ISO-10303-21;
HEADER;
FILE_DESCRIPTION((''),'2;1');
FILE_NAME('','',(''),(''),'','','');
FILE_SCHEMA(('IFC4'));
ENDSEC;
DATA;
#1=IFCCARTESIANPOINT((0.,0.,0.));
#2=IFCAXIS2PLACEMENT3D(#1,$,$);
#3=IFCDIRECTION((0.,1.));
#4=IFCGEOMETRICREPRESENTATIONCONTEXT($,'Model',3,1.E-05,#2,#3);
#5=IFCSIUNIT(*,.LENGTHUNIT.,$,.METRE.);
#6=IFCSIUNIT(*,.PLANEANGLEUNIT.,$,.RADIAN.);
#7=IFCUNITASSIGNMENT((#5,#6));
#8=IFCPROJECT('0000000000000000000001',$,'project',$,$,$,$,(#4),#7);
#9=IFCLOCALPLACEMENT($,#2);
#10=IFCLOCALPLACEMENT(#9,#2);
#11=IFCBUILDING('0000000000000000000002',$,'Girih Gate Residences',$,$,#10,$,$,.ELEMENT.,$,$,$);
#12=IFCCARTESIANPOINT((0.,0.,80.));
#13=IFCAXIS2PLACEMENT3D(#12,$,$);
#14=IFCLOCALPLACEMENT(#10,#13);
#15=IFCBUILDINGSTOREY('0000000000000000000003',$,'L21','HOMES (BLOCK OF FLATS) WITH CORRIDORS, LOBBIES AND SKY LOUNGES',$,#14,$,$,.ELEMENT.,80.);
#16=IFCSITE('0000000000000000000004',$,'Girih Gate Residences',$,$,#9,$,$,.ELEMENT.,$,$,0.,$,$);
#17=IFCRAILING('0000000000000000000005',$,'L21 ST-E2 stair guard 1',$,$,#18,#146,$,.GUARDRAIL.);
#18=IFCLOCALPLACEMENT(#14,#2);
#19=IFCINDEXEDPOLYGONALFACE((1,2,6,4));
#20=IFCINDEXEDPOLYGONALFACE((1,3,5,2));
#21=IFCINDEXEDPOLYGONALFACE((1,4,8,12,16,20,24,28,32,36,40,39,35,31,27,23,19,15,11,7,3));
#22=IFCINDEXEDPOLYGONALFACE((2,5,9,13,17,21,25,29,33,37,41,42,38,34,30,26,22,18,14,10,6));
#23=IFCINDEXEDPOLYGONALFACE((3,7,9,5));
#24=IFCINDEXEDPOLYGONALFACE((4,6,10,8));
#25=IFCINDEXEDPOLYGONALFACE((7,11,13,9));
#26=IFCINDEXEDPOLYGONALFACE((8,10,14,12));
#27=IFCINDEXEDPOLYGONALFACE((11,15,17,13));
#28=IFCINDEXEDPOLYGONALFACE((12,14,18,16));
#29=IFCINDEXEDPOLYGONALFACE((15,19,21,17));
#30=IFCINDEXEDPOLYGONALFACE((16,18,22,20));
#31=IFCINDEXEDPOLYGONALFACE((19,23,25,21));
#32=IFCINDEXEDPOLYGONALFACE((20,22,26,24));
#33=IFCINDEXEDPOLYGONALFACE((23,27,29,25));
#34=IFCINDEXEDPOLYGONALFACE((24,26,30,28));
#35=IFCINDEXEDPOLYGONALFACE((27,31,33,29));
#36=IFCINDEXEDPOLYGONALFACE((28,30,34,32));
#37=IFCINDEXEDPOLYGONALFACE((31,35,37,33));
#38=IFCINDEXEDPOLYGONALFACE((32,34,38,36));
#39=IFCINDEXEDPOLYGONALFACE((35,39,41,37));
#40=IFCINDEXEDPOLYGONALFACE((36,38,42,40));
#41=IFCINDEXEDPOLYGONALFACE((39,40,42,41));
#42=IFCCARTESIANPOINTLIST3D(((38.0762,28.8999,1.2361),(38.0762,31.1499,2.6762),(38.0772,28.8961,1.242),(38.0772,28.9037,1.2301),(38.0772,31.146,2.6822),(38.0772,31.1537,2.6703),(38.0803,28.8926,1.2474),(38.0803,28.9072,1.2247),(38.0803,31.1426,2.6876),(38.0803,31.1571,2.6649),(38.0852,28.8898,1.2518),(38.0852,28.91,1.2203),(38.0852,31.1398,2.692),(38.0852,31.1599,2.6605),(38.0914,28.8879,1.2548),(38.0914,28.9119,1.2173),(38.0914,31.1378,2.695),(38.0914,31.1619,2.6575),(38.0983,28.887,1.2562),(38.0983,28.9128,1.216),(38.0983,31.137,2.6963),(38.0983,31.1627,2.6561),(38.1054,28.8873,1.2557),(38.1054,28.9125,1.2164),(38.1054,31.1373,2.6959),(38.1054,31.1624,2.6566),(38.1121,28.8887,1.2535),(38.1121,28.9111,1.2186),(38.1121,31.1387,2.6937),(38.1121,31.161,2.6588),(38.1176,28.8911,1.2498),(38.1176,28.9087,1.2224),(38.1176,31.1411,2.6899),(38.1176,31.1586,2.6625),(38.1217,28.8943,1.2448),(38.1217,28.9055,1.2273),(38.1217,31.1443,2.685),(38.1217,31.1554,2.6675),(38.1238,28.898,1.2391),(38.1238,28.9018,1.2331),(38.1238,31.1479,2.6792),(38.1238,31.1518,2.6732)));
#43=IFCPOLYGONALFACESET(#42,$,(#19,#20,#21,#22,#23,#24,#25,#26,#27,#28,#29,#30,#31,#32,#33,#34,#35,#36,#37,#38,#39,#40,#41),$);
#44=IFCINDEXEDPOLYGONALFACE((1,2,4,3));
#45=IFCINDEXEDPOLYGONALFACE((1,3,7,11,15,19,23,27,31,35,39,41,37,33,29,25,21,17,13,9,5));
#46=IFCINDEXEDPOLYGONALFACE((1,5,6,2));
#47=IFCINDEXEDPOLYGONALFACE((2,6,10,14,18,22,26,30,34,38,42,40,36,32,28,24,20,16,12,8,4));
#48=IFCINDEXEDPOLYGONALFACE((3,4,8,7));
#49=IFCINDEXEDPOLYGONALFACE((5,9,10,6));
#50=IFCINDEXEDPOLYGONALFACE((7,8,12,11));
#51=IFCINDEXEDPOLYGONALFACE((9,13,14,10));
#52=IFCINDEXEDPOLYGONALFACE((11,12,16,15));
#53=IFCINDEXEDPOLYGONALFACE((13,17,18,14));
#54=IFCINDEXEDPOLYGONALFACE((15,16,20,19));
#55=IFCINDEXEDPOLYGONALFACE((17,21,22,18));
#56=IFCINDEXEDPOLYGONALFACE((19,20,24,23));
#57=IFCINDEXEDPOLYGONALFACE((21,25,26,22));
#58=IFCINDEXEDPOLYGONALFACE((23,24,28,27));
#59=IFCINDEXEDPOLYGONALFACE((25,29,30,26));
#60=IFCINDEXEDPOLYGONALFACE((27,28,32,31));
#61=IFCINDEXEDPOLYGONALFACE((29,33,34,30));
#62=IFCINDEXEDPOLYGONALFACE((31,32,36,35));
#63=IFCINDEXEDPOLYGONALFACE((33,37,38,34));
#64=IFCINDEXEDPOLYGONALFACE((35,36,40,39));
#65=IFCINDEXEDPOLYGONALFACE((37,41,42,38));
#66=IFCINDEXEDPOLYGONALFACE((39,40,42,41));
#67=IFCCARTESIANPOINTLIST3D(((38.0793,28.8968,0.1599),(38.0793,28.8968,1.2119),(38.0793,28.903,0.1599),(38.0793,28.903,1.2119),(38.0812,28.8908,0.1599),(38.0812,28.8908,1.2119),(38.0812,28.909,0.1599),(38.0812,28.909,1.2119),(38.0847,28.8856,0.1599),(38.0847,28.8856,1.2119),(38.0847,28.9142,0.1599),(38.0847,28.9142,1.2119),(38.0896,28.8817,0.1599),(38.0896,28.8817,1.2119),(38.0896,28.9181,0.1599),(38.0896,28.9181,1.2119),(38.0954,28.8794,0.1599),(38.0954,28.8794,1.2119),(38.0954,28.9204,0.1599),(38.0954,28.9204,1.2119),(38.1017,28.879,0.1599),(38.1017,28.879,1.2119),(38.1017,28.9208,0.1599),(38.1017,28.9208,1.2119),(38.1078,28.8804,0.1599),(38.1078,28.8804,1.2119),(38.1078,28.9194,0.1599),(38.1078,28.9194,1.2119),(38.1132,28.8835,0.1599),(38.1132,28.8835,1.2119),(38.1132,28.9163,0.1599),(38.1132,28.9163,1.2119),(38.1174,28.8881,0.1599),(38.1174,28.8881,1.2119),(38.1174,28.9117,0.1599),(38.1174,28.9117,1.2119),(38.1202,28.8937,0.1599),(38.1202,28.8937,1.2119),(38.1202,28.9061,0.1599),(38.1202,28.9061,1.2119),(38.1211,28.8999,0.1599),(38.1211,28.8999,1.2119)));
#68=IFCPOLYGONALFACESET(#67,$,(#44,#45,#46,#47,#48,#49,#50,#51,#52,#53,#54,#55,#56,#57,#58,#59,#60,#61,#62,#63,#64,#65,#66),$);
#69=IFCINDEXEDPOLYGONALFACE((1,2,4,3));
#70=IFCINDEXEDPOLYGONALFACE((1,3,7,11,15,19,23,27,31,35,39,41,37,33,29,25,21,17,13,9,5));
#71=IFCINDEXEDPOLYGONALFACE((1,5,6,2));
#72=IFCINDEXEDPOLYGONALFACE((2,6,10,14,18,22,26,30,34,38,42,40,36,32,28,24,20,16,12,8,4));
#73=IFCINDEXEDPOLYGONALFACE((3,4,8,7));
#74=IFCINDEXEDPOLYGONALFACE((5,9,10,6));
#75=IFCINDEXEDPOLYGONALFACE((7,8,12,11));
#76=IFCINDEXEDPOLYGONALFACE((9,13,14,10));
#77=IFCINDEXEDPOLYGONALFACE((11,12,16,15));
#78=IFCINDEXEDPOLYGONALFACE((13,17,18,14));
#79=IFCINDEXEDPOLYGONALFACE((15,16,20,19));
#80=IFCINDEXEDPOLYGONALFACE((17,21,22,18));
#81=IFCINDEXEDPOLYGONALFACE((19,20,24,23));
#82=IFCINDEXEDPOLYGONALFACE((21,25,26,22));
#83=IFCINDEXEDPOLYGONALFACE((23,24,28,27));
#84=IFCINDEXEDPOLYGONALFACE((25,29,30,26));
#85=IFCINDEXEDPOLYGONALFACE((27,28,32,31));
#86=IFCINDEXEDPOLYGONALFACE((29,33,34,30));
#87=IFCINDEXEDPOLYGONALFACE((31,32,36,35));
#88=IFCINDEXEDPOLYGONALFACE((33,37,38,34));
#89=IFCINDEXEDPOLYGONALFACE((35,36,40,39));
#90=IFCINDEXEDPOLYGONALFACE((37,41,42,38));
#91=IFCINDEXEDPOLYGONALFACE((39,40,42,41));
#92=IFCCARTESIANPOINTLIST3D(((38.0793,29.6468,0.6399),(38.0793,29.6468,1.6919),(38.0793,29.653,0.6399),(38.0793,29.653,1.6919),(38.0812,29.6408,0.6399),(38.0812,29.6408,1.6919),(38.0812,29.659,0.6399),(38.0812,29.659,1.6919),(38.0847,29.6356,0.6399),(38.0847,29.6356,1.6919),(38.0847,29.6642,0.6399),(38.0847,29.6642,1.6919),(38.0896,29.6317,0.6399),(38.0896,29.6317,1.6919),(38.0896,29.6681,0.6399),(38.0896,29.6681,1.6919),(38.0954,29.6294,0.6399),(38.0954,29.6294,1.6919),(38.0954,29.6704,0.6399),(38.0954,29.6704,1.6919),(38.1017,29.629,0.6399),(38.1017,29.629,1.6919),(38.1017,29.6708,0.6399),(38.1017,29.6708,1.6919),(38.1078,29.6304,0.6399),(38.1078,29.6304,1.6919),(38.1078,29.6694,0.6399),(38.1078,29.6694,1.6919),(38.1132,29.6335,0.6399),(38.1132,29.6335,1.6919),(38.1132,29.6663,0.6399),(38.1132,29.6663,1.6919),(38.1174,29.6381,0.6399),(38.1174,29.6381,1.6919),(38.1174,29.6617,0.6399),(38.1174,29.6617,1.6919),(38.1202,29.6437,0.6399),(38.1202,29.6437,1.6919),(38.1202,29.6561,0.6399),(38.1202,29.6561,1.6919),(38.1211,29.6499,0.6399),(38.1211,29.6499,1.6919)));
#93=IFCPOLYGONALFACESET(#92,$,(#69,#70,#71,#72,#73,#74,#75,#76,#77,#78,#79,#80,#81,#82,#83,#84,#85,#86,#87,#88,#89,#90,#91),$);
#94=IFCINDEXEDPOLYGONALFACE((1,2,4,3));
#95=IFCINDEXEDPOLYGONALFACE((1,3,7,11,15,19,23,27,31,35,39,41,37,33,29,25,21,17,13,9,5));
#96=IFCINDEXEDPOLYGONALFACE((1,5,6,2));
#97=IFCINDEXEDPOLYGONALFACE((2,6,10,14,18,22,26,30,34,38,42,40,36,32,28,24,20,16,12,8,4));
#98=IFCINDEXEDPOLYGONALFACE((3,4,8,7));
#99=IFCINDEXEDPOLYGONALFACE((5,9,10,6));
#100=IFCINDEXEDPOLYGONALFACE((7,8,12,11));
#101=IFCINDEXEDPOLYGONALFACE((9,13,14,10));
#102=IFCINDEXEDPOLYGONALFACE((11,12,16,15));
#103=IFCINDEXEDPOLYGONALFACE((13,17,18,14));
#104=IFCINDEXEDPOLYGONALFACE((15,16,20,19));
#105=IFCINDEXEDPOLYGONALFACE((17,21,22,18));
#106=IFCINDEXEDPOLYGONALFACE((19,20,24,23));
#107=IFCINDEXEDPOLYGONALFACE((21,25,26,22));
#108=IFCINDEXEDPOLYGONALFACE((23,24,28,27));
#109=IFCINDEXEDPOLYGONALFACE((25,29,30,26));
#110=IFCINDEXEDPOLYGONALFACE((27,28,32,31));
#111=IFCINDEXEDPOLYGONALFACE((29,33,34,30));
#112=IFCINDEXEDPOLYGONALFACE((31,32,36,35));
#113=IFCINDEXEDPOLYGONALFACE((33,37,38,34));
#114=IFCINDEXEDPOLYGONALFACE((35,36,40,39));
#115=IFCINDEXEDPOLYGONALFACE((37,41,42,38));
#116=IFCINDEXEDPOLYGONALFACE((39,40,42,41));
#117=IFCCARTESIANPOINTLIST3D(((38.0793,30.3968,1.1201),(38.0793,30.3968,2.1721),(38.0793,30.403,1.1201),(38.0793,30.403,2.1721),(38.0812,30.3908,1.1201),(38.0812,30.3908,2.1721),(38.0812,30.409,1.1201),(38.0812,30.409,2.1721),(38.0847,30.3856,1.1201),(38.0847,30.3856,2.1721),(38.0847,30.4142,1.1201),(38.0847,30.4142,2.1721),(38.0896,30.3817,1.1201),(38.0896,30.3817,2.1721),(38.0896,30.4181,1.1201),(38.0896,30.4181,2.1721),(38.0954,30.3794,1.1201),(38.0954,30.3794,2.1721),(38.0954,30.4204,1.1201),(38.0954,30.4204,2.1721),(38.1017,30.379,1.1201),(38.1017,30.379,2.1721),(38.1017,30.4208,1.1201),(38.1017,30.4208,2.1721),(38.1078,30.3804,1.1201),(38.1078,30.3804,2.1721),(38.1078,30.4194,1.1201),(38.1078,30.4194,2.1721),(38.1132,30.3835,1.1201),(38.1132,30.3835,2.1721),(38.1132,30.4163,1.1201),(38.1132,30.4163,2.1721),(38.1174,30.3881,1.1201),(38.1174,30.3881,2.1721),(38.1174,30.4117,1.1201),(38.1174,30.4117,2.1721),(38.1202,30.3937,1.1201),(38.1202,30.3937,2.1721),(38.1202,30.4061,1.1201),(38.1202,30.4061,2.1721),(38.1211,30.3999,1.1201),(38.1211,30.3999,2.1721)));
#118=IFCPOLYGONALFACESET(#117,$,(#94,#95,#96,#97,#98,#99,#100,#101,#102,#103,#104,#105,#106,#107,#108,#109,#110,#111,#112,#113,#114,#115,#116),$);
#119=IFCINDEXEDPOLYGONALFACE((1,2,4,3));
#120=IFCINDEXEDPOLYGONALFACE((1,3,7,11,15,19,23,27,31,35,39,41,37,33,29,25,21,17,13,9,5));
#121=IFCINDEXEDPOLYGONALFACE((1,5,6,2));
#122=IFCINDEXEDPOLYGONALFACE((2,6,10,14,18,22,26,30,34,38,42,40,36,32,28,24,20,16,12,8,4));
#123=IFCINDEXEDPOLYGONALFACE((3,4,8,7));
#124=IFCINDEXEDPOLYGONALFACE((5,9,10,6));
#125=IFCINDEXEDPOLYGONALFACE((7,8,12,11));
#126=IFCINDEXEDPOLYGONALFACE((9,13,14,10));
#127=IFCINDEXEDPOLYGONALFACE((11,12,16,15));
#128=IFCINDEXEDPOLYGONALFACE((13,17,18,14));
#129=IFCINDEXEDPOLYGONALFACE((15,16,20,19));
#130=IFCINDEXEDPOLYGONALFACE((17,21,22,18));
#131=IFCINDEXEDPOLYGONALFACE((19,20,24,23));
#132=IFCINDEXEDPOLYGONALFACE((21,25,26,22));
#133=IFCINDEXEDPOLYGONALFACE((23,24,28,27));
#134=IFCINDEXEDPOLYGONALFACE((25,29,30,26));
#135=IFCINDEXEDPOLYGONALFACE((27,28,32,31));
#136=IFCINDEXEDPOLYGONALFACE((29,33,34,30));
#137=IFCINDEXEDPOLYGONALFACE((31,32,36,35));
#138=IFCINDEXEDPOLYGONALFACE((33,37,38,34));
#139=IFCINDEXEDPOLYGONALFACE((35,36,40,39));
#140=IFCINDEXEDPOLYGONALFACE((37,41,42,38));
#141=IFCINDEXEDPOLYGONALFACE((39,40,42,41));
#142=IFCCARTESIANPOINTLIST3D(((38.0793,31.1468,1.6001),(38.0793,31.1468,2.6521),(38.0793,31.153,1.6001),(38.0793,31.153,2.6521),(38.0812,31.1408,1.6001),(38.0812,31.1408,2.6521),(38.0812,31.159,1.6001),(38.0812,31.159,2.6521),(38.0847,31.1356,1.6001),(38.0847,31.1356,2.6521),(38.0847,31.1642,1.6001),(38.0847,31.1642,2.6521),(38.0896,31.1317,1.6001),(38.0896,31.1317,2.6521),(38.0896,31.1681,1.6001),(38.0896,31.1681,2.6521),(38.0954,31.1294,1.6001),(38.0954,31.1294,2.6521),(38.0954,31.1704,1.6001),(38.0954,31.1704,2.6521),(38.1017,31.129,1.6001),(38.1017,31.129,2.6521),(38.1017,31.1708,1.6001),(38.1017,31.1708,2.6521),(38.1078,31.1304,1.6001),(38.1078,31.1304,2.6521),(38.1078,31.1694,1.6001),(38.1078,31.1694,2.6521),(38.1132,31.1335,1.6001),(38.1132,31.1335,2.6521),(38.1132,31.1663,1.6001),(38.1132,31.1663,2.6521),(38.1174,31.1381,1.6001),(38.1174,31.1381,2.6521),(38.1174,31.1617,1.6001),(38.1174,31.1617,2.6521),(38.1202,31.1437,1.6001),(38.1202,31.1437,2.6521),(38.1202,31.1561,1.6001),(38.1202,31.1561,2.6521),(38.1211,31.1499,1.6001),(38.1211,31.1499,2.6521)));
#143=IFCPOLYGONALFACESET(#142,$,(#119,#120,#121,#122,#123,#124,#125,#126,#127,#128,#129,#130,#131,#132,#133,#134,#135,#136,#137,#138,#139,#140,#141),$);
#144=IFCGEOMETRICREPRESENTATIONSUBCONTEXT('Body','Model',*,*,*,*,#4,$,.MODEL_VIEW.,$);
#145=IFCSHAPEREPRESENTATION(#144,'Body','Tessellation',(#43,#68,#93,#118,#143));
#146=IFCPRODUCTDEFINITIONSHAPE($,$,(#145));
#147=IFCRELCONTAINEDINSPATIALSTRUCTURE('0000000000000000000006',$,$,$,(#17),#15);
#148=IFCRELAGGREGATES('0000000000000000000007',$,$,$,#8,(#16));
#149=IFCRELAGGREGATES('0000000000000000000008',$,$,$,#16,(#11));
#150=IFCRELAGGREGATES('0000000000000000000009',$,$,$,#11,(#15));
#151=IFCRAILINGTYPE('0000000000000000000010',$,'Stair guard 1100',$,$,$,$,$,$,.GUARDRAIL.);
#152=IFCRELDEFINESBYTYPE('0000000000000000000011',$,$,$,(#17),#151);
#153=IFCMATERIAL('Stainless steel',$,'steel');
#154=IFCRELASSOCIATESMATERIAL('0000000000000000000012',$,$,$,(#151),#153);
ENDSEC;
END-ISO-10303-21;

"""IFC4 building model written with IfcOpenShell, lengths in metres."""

from ifc_helpers import new_model, si_unit, direction, frame, origin, origin_2d, place, context, subcontext, project, spatial, circle, extrude, material, type_object, element, save


model = new_model("IFC4")

# Units and contexts
model_context = context("Model", 3, precision=1e-05, world=origin(), true_north=direction((0.0, 1.0)))
body_context = subcontext(model_context, "Body", "Model", "MODEL_VIEW")
ifc_project = project(units=[si_unit("LENGTHUNIT", "METRE"), si_unit("PLANEANGLEUNIT", "RADIAN")], contexts=[model_context])

# Site, building, storey
site_placement = place(None, origin())
site = spatial("IfcSite", under=ifc_project, at=site_placement, Name="Girih Gate Residences", CompositionType="ELEMENT", RefElevation=0.0)
building_placement = place(site_placement, origin())
building = spatial("IfcBuilding", under=site, at=building_placement, Name="Girih Gate Residences", CompositionType="ELEMENT")
storey_placement = place(building_placement, frame((0.0, 0.0, 80.0)))
storey = spatial("IfcBuildingStorey", under=building, at=storey_placement, Name="L21", Description="HOMES (BLOCK OF FLATS) WITH CORRIDORS, LOBBIES AND SKY LOUNGES", CompositionType="ELEMENT", Elevation=80.0)

# Shared definitions
ifc_material_1 = material(Name="Stainless steel", Category="steel")

# Railing
railing_type_1 = type_object("IfcRailingType", Name="Stair guard 1100", PredefinedType="GUARDRAIL", material=ifc_material_1)
railing_1_placement = place(storey_placement, frame((38.1001, 28.8999, 0.1599)))
element("IfcRailing", 1, at=railing_1_placement, inside=storey, type_object=railing_type_1, Name="L21 ST-E2 stair guard 1", PredefinedType="GUARDRAIL", context=body_context, shape_type="SweptSolid", body=[
    extrude(circle(Radius=0.0239, at=origin_2d()), frame((0.0, 0.0, 1.0762), z_axis=(0.0, 0.84224, 0.539103), x_axis=(-1.0, 0.0, 0.0)), (0.0, 0.0, 1.0), 2.6714),
    extrude(circle(Radius=0.021, at=origin_2d()), origin(), (0.0, 0.0, 1.0), 1.052),
    extrude(circle(Radius=0.021, at=origin_2d()), frame((0.0, 0.75, 0.48)), (0.0, 0.0, 1.0), 1.052),
    extrude(circle(Radius=0.021, at=origin_2d()), frame((0.0, 1.5, 0.9602)), (0.0, 0.0, 1.0), 1.052),
    extrude(circle(Radius=0.021, at=origin_2d()), frame((0.0, 2.25, 1.4402)), (0.0, 0.0, 1.0), 1.052),
])

save(model, "model.ifc")
